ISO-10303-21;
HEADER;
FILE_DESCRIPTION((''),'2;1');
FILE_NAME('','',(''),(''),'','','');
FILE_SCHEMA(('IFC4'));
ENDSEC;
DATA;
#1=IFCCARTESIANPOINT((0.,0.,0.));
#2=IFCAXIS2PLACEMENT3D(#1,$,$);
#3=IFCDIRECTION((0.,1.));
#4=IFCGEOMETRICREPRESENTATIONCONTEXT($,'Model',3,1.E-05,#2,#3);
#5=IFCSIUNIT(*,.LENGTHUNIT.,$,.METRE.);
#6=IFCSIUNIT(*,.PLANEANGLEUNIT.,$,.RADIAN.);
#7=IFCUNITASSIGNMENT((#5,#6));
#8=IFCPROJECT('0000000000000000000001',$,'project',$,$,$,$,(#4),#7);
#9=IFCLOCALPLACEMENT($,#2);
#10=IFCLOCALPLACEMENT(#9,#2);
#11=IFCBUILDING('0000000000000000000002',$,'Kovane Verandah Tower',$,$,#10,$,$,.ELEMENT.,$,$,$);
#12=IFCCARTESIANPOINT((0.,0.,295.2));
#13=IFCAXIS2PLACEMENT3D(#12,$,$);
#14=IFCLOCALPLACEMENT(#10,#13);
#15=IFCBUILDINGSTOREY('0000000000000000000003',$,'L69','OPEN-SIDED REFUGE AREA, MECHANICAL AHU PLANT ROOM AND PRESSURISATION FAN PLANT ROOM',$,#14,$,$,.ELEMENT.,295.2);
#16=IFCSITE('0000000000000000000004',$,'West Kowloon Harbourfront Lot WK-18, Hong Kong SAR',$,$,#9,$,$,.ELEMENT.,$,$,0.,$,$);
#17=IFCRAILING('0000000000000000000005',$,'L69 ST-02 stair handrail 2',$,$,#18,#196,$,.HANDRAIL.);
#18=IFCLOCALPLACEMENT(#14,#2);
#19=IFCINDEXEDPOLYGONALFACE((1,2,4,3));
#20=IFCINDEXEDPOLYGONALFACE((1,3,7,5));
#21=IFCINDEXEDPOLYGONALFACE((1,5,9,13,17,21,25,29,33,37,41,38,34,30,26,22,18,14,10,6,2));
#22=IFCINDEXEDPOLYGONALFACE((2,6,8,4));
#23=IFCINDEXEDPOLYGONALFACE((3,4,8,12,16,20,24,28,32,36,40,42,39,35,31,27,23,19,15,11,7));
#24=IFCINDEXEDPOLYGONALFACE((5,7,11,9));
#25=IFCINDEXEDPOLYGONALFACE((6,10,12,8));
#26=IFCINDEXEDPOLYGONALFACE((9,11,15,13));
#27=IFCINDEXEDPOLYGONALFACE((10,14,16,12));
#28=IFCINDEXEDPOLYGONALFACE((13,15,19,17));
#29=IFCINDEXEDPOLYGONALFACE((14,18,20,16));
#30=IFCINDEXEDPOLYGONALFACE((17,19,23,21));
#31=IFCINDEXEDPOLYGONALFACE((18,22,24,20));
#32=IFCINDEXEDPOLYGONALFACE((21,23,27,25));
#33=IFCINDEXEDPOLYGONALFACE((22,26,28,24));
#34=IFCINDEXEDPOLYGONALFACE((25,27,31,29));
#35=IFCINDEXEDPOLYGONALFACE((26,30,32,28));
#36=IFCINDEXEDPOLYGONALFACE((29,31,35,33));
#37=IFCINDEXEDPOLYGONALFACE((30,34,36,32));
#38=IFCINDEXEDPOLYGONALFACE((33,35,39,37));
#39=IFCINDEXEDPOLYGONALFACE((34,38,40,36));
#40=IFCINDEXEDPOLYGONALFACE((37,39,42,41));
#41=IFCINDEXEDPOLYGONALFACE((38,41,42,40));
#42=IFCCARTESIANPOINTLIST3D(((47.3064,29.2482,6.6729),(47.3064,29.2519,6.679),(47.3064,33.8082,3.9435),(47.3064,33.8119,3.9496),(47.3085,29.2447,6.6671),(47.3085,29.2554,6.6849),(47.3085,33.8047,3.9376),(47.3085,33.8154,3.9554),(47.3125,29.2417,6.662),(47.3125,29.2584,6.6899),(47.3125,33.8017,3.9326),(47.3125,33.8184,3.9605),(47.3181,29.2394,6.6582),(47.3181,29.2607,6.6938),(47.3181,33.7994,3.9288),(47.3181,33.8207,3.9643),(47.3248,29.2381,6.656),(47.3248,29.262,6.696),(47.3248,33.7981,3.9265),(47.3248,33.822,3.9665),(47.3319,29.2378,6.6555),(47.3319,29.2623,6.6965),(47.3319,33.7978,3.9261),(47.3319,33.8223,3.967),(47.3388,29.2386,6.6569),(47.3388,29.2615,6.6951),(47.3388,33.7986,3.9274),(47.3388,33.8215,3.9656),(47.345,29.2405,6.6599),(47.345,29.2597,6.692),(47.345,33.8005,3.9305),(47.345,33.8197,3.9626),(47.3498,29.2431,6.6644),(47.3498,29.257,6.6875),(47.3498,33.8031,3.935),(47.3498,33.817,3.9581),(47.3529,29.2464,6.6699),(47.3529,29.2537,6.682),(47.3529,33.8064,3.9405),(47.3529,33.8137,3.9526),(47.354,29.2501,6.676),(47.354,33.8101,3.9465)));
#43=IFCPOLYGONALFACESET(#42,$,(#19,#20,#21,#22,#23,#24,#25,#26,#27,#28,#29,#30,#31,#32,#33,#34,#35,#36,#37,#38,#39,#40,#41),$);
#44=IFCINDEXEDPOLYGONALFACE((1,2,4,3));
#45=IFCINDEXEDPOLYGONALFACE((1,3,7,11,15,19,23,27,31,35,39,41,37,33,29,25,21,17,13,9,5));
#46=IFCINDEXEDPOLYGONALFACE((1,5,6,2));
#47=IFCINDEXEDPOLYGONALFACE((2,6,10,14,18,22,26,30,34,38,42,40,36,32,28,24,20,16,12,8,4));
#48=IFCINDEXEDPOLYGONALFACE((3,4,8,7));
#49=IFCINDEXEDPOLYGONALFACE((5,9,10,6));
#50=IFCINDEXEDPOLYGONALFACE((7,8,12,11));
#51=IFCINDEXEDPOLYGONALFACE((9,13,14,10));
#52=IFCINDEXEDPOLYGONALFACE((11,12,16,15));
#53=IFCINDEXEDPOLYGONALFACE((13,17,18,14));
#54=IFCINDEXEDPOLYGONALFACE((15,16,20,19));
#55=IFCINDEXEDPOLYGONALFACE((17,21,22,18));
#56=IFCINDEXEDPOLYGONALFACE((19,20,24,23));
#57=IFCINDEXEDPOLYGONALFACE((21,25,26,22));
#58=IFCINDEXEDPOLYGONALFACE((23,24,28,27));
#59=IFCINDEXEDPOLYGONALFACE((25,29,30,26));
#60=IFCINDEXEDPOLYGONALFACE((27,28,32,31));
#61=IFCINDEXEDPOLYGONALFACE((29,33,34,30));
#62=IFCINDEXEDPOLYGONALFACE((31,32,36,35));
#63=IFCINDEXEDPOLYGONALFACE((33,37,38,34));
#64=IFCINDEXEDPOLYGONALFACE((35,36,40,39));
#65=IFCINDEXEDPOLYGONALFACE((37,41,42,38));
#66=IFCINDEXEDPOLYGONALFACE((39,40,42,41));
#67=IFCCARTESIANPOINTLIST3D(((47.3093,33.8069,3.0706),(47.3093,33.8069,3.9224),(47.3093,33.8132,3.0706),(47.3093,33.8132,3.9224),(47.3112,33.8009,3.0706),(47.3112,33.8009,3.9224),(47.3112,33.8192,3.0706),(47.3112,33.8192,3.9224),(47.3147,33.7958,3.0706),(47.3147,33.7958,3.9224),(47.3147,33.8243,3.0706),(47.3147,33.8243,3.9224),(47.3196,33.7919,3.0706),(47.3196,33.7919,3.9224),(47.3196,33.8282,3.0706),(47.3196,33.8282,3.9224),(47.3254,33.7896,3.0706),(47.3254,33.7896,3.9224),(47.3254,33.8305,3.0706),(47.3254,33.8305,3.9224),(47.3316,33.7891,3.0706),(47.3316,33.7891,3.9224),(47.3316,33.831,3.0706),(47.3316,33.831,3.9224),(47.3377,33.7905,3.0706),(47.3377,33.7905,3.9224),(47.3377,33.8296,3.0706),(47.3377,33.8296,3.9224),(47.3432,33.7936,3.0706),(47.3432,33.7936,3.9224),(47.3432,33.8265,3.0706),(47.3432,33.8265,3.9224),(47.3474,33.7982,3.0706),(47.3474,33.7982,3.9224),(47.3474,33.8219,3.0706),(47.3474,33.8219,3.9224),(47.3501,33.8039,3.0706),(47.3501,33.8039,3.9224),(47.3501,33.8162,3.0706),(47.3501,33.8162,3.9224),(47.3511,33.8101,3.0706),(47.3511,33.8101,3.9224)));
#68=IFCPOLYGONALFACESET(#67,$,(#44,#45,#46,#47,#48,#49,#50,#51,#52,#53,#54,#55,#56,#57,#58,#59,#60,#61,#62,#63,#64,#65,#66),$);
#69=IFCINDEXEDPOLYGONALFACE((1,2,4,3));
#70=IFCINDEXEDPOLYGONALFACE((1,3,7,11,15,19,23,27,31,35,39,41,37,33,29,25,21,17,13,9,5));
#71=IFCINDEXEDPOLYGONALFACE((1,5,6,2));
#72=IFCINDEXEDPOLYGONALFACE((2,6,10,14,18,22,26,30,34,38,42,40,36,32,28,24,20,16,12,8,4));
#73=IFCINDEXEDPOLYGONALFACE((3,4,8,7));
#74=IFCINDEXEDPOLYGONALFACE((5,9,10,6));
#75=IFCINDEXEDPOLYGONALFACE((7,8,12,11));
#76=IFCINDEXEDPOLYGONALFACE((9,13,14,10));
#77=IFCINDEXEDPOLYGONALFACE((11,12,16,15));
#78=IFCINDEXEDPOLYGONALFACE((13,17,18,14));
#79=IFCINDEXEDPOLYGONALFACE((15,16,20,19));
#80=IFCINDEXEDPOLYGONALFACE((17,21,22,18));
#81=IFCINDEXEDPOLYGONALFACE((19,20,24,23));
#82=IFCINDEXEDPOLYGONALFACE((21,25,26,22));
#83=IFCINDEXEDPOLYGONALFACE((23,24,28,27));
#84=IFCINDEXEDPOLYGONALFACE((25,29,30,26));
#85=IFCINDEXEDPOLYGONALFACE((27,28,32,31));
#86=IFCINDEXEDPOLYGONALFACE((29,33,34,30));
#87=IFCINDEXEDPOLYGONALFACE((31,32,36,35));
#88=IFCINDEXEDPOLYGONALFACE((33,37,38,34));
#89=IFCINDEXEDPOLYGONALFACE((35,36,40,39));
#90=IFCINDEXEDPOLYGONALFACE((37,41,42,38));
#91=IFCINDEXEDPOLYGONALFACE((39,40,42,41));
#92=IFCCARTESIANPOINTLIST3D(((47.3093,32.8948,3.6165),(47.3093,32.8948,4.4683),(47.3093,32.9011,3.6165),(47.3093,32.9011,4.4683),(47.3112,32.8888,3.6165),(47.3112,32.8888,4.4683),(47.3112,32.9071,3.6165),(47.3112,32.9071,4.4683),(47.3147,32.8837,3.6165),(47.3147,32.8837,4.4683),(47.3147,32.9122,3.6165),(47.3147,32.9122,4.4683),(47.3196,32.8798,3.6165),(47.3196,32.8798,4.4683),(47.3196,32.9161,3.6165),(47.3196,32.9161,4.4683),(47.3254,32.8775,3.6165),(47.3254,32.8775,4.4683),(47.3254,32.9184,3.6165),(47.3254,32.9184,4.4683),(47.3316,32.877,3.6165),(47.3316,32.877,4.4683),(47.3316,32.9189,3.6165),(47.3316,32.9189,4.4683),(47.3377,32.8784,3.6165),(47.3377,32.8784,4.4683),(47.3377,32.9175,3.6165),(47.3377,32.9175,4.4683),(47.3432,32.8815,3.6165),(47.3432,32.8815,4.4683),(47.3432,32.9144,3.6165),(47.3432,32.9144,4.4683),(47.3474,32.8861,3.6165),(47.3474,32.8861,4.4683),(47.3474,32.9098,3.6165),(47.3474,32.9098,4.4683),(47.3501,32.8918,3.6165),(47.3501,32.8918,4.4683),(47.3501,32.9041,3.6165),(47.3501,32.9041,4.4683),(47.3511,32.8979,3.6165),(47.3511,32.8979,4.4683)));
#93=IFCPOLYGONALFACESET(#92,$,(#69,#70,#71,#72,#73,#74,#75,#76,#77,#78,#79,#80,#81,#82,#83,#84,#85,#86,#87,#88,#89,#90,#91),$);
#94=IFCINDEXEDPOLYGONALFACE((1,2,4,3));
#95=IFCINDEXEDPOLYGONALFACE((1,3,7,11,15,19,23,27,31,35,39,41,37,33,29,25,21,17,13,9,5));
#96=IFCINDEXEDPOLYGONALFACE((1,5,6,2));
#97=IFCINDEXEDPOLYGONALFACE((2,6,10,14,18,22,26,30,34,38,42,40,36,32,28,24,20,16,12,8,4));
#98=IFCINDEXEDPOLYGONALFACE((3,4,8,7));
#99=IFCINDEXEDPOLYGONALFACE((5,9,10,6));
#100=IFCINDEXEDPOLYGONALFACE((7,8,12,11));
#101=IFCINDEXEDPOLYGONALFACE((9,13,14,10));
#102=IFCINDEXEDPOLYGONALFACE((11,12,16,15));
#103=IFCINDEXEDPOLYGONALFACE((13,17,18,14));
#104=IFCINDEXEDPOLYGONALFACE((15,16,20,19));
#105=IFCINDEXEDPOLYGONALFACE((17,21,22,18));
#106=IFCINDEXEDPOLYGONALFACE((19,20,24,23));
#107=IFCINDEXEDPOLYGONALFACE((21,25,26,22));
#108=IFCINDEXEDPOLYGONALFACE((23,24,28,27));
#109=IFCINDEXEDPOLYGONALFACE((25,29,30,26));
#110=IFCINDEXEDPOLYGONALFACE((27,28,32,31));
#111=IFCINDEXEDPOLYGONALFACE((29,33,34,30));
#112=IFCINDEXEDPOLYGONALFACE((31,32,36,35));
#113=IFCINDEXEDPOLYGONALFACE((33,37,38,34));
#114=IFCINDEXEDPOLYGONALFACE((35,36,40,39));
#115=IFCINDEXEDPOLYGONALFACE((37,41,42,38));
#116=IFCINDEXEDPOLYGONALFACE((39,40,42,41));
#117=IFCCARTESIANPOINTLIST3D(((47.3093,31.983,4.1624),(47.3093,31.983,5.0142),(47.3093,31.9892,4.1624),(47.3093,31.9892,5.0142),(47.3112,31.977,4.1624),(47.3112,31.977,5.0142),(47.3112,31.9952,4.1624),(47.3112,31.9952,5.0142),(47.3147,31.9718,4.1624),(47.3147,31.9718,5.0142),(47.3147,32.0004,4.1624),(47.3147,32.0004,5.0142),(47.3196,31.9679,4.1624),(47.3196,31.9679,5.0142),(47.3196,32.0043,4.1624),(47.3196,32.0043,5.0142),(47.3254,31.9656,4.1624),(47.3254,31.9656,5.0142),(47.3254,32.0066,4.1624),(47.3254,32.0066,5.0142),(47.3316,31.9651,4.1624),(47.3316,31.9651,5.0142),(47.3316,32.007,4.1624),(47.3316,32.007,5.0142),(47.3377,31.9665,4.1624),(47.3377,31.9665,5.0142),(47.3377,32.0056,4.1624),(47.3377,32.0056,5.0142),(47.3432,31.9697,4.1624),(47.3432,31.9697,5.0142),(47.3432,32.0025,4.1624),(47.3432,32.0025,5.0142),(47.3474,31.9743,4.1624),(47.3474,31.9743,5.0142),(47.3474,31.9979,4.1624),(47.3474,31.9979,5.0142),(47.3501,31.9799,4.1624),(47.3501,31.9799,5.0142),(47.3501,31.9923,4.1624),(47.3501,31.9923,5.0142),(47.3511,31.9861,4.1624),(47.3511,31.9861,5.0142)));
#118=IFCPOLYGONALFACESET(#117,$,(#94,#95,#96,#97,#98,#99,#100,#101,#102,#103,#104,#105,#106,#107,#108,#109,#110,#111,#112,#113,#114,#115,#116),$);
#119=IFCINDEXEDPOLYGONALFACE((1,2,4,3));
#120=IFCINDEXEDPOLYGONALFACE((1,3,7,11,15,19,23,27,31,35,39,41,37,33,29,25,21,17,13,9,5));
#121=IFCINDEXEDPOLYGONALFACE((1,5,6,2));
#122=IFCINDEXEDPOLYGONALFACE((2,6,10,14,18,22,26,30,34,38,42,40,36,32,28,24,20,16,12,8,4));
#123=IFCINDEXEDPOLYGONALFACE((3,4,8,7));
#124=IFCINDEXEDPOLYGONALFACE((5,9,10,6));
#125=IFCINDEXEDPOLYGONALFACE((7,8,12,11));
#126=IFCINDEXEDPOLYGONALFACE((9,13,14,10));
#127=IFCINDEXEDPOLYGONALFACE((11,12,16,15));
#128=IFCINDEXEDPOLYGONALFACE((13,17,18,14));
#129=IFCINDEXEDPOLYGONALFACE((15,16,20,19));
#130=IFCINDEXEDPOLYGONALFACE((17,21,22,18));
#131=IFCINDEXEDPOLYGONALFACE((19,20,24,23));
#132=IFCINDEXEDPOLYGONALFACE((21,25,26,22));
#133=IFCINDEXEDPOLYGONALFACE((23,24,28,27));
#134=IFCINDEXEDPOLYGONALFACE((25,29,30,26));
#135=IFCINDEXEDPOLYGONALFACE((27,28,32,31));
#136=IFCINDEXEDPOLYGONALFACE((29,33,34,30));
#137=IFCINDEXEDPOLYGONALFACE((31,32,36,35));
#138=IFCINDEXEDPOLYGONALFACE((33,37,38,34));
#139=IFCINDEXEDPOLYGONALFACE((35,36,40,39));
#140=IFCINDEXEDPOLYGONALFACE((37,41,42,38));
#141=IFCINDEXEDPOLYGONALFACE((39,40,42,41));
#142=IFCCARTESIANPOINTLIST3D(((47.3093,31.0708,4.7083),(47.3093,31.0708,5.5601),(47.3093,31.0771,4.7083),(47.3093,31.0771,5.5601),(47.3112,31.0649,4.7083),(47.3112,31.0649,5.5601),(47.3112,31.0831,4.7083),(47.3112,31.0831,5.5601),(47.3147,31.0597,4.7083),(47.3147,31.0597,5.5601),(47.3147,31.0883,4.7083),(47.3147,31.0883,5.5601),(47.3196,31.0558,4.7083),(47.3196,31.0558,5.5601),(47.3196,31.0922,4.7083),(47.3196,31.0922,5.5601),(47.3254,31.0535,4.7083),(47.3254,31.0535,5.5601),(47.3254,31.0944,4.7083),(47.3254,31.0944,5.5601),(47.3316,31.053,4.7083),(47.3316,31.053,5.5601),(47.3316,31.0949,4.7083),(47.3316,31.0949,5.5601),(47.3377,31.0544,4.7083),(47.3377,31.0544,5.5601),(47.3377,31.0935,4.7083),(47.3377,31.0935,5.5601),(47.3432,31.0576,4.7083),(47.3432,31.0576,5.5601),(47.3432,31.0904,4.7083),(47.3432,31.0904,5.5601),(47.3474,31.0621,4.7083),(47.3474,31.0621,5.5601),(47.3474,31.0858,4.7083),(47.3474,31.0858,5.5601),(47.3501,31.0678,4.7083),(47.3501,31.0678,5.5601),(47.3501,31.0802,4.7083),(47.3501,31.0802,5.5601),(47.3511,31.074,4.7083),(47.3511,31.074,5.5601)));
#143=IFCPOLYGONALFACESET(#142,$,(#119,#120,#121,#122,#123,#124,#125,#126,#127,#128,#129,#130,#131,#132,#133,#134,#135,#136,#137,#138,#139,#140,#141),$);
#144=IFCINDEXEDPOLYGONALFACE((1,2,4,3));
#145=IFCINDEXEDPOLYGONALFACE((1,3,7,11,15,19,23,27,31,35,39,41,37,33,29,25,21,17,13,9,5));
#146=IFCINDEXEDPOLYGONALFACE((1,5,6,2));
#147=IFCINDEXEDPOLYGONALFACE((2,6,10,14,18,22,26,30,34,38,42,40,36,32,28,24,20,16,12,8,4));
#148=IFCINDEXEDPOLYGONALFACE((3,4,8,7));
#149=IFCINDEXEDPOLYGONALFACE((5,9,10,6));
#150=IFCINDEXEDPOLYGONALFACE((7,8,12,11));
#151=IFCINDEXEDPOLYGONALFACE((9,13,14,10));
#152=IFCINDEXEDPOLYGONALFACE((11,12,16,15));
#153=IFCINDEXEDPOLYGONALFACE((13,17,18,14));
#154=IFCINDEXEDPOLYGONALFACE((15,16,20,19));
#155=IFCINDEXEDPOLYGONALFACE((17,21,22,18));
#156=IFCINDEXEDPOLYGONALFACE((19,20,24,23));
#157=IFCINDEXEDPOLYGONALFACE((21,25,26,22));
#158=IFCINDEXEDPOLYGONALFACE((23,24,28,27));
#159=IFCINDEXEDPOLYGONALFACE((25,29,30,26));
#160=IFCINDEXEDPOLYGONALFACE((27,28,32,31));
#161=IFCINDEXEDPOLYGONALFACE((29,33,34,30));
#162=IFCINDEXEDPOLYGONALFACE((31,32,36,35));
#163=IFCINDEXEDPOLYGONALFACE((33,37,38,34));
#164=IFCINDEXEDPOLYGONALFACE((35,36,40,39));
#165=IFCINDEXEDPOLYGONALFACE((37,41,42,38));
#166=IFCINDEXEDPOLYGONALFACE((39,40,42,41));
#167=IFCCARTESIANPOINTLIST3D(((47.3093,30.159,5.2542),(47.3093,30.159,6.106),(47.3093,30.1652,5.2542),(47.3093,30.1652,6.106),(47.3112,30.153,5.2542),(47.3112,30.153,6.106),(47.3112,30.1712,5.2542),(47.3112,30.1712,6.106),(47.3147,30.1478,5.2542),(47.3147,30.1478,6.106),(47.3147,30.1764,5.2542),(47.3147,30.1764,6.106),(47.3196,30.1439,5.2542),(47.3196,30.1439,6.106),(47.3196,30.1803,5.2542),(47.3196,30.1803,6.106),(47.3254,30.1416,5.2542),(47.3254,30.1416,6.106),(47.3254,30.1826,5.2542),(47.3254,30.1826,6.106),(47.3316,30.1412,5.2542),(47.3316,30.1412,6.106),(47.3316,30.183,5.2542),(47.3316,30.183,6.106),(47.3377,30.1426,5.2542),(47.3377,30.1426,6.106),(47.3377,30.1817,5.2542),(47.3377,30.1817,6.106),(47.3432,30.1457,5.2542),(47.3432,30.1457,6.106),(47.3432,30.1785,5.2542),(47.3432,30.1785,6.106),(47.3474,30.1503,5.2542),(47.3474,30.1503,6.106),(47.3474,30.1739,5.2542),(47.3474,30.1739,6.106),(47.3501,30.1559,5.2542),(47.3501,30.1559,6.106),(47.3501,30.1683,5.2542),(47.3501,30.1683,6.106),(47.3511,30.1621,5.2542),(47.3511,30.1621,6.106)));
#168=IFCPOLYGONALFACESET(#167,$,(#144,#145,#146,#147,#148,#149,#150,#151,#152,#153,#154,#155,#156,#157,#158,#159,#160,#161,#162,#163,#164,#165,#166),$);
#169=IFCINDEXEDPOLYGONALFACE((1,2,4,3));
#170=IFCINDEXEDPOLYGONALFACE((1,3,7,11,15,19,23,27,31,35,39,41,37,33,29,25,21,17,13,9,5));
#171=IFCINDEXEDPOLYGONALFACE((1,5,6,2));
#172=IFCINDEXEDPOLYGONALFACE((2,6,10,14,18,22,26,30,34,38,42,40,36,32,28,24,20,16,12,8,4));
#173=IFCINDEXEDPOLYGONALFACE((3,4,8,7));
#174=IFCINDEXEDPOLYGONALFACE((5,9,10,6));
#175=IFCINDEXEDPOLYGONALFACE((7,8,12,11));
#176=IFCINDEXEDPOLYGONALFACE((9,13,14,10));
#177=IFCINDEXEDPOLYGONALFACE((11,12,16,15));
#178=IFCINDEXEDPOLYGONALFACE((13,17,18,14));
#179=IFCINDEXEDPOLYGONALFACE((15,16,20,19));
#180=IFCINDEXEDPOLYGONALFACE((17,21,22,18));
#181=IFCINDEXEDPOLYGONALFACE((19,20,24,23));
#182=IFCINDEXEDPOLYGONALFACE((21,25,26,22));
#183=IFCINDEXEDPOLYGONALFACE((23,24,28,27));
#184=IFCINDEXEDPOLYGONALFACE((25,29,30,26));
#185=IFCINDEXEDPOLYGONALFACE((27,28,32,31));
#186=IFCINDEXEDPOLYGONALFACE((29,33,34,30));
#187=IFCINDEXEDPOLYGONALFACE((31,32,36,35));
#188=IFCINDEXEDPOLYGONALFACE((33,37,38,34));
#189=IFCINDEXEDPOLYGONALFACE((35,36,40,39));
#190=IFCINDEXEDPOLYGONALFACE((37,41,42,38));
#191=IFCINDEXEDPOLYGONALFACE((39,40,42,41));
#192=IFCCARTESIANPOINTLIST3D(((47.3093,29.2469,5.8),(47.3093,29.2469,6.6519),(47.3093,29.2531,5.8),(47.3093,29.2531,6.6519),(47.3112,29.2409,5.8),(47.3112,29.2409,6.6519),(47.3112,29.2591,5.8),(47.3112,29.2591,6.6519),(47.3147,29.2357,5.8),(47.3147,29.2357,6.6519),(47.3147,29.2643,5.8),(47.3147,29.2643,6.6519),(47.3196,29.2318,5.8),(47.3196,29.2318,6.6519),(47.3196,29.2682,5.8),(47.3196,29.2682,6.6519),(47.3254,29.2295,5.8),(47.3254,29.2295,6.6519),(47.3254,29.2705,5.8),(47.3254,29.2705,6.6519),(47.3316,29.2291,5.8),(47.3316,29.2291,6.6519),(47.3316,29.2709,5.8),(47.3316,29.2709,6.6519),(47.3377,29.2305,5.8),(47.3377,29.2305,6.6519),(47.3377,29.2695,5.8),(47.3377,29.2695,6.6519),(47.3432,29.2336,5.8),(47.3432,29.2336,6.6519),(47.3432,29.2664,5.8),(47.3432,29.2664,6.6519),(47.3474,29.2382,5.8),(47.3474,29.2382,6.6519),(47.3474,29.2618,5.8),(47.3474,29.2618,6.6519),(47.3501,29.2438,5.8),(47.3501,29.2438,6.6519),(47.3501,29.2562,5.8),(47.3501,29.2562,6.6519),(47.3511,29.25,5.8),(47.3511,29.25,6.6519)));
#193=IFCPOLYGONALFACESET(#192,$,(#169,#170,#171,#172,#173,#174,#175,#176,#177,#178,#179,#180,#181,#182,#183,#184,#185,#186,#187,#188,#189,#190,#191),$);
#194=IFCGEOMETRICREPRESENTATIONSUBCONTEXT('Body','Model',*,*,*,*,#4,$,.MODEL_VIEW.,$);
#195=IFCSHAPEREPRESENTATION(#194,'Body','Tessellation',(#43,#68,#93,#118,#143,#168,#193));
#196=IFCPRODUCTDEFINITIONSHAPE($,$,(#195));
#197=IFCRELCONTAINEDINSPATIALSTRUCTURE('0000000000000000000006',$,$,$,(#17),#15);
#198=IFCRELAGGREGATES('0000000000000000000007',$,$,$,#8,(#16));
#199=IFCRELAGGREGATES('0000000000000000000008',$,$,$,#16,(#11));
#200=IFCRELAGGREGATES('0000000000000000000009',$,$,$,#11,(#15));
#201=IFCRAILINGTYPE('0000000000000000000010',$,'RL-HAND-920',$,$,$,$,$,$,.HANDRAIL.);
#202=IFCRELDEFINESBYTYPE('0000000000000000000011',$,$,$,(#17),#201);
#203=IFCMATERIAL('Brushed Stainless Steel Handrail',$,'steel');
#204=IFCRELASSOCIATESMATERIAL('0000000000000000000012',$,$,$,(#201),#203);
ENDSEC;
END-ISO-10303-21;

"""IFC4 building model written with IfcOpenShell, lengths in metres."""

from ifc_helpers import new_model, si_unit, direction, frame, origin, origin_2d, place, context, subcontext, project, spatial, circle, extrude, material, type_object, element, save


model = new_model("IFC4")

# Units and contexts
model_context = context("Model", 3, precision=1e-05, world=origin(), true_north=direction((0.0, 1.0)))
body_context = subcontext(model_context, "Body", "Model", "MODEL_VIEW")
ifc_project = project(units=[si_unit("LENGTHUNIT", "METRE"), si_unit("PLANEANGLEUNIT", "RADIAN")], contexts=[model_context])

# Site, building, storey
site_placement = place(None, origin())
site = spatial("IfcSite", under=ifc_project, at=site_placement, Name="West Kowloon Harbourfront Lot WK-18, Hong Kong SAR", CompositionType="ELEMENT", RefElevation=0.0)
building_placement = place(site_placement, origin())
building = spatial("IfcBuilding", under=site, at=building_placement, Name="Kovane Verandah Tower", CompositionType="ELEMENT")
storey_placement = place(building_placement, frame((0.0, 0.0, 295.2)))
storey = spatial("IfcBuildingStorey", under=building, at=storey_placement, Name="L69", Description="OPEN-SIDED REFUGE AREA, MECHANICAL AHU PLANT ROOM AND PRESSURISATION FAN PLANT ROOM", CompositionType="ELEMENT", Elevation=295.2)

# Railing
ifc_material_1 = material(Name="Brushed Stainless Steel Handrail", Category="steel")
railing_type_1 = type_object("IfcRailingType", Name="RL-HAND-920", PredefinedType="HANDRAIL", material=ifc_material_1)
railing_1_placement = place(storey_placement, frame((47.3301, 33.8101, 3.0706)))
element("IfcRailing", 1, at=railing_1_placement, inside=storey, type_object=railing_type_1, Name="L69 ST-02 stair handrail 2", PredefinedType="HANDRAIL", context=body_context, shape_type="SweptSolid", body=[
    extrude(circle(Radius=0.0239, at=origin_2d()), frame((0.0, 0.0, 0.876), z_axis=(0.0, -0.858036, 0.51359), x_axis=(1.0, 0.0, 0.0)), (0.0, 0.0, 1.0), 5.3145),
    extrude(circle(Radius=0.021, at=origin_2d()), origin(), (0.0, 0.0, 1.0), 0.8518),
    extrude(circle(Radius=0.021, at=origin_2d()), frame((0.0, -0.9121, 0.5459)), (0.0, 0.0, 1.0), 0.8518),
    extrude(circle(Radius=0.021, at=origin_2d()), frame((0.0, -1.824, 1.0918)), (0.0, 0.0, 1.0), 0.8518),
    extrude(circle(Radius=0.021, at=origin_2d()), frame((0.0, -2.7361, 1.6377)), (0.0, 0.0, 1.0), 0.8518),
    extrude(circle(Radius=0.021, at=origin_2d()), frame((0.0, -3.6479, 2.1836)), (0.0, 0.0, 1.0), 0.8518),
    extrude(circle(Radius=0.021, at=origin_2d()), frame((0.0, -4.5601, 2.7295)), (0.0, 0.0, 1.0), 0.8518),
])

save(model, "model.ifc")
